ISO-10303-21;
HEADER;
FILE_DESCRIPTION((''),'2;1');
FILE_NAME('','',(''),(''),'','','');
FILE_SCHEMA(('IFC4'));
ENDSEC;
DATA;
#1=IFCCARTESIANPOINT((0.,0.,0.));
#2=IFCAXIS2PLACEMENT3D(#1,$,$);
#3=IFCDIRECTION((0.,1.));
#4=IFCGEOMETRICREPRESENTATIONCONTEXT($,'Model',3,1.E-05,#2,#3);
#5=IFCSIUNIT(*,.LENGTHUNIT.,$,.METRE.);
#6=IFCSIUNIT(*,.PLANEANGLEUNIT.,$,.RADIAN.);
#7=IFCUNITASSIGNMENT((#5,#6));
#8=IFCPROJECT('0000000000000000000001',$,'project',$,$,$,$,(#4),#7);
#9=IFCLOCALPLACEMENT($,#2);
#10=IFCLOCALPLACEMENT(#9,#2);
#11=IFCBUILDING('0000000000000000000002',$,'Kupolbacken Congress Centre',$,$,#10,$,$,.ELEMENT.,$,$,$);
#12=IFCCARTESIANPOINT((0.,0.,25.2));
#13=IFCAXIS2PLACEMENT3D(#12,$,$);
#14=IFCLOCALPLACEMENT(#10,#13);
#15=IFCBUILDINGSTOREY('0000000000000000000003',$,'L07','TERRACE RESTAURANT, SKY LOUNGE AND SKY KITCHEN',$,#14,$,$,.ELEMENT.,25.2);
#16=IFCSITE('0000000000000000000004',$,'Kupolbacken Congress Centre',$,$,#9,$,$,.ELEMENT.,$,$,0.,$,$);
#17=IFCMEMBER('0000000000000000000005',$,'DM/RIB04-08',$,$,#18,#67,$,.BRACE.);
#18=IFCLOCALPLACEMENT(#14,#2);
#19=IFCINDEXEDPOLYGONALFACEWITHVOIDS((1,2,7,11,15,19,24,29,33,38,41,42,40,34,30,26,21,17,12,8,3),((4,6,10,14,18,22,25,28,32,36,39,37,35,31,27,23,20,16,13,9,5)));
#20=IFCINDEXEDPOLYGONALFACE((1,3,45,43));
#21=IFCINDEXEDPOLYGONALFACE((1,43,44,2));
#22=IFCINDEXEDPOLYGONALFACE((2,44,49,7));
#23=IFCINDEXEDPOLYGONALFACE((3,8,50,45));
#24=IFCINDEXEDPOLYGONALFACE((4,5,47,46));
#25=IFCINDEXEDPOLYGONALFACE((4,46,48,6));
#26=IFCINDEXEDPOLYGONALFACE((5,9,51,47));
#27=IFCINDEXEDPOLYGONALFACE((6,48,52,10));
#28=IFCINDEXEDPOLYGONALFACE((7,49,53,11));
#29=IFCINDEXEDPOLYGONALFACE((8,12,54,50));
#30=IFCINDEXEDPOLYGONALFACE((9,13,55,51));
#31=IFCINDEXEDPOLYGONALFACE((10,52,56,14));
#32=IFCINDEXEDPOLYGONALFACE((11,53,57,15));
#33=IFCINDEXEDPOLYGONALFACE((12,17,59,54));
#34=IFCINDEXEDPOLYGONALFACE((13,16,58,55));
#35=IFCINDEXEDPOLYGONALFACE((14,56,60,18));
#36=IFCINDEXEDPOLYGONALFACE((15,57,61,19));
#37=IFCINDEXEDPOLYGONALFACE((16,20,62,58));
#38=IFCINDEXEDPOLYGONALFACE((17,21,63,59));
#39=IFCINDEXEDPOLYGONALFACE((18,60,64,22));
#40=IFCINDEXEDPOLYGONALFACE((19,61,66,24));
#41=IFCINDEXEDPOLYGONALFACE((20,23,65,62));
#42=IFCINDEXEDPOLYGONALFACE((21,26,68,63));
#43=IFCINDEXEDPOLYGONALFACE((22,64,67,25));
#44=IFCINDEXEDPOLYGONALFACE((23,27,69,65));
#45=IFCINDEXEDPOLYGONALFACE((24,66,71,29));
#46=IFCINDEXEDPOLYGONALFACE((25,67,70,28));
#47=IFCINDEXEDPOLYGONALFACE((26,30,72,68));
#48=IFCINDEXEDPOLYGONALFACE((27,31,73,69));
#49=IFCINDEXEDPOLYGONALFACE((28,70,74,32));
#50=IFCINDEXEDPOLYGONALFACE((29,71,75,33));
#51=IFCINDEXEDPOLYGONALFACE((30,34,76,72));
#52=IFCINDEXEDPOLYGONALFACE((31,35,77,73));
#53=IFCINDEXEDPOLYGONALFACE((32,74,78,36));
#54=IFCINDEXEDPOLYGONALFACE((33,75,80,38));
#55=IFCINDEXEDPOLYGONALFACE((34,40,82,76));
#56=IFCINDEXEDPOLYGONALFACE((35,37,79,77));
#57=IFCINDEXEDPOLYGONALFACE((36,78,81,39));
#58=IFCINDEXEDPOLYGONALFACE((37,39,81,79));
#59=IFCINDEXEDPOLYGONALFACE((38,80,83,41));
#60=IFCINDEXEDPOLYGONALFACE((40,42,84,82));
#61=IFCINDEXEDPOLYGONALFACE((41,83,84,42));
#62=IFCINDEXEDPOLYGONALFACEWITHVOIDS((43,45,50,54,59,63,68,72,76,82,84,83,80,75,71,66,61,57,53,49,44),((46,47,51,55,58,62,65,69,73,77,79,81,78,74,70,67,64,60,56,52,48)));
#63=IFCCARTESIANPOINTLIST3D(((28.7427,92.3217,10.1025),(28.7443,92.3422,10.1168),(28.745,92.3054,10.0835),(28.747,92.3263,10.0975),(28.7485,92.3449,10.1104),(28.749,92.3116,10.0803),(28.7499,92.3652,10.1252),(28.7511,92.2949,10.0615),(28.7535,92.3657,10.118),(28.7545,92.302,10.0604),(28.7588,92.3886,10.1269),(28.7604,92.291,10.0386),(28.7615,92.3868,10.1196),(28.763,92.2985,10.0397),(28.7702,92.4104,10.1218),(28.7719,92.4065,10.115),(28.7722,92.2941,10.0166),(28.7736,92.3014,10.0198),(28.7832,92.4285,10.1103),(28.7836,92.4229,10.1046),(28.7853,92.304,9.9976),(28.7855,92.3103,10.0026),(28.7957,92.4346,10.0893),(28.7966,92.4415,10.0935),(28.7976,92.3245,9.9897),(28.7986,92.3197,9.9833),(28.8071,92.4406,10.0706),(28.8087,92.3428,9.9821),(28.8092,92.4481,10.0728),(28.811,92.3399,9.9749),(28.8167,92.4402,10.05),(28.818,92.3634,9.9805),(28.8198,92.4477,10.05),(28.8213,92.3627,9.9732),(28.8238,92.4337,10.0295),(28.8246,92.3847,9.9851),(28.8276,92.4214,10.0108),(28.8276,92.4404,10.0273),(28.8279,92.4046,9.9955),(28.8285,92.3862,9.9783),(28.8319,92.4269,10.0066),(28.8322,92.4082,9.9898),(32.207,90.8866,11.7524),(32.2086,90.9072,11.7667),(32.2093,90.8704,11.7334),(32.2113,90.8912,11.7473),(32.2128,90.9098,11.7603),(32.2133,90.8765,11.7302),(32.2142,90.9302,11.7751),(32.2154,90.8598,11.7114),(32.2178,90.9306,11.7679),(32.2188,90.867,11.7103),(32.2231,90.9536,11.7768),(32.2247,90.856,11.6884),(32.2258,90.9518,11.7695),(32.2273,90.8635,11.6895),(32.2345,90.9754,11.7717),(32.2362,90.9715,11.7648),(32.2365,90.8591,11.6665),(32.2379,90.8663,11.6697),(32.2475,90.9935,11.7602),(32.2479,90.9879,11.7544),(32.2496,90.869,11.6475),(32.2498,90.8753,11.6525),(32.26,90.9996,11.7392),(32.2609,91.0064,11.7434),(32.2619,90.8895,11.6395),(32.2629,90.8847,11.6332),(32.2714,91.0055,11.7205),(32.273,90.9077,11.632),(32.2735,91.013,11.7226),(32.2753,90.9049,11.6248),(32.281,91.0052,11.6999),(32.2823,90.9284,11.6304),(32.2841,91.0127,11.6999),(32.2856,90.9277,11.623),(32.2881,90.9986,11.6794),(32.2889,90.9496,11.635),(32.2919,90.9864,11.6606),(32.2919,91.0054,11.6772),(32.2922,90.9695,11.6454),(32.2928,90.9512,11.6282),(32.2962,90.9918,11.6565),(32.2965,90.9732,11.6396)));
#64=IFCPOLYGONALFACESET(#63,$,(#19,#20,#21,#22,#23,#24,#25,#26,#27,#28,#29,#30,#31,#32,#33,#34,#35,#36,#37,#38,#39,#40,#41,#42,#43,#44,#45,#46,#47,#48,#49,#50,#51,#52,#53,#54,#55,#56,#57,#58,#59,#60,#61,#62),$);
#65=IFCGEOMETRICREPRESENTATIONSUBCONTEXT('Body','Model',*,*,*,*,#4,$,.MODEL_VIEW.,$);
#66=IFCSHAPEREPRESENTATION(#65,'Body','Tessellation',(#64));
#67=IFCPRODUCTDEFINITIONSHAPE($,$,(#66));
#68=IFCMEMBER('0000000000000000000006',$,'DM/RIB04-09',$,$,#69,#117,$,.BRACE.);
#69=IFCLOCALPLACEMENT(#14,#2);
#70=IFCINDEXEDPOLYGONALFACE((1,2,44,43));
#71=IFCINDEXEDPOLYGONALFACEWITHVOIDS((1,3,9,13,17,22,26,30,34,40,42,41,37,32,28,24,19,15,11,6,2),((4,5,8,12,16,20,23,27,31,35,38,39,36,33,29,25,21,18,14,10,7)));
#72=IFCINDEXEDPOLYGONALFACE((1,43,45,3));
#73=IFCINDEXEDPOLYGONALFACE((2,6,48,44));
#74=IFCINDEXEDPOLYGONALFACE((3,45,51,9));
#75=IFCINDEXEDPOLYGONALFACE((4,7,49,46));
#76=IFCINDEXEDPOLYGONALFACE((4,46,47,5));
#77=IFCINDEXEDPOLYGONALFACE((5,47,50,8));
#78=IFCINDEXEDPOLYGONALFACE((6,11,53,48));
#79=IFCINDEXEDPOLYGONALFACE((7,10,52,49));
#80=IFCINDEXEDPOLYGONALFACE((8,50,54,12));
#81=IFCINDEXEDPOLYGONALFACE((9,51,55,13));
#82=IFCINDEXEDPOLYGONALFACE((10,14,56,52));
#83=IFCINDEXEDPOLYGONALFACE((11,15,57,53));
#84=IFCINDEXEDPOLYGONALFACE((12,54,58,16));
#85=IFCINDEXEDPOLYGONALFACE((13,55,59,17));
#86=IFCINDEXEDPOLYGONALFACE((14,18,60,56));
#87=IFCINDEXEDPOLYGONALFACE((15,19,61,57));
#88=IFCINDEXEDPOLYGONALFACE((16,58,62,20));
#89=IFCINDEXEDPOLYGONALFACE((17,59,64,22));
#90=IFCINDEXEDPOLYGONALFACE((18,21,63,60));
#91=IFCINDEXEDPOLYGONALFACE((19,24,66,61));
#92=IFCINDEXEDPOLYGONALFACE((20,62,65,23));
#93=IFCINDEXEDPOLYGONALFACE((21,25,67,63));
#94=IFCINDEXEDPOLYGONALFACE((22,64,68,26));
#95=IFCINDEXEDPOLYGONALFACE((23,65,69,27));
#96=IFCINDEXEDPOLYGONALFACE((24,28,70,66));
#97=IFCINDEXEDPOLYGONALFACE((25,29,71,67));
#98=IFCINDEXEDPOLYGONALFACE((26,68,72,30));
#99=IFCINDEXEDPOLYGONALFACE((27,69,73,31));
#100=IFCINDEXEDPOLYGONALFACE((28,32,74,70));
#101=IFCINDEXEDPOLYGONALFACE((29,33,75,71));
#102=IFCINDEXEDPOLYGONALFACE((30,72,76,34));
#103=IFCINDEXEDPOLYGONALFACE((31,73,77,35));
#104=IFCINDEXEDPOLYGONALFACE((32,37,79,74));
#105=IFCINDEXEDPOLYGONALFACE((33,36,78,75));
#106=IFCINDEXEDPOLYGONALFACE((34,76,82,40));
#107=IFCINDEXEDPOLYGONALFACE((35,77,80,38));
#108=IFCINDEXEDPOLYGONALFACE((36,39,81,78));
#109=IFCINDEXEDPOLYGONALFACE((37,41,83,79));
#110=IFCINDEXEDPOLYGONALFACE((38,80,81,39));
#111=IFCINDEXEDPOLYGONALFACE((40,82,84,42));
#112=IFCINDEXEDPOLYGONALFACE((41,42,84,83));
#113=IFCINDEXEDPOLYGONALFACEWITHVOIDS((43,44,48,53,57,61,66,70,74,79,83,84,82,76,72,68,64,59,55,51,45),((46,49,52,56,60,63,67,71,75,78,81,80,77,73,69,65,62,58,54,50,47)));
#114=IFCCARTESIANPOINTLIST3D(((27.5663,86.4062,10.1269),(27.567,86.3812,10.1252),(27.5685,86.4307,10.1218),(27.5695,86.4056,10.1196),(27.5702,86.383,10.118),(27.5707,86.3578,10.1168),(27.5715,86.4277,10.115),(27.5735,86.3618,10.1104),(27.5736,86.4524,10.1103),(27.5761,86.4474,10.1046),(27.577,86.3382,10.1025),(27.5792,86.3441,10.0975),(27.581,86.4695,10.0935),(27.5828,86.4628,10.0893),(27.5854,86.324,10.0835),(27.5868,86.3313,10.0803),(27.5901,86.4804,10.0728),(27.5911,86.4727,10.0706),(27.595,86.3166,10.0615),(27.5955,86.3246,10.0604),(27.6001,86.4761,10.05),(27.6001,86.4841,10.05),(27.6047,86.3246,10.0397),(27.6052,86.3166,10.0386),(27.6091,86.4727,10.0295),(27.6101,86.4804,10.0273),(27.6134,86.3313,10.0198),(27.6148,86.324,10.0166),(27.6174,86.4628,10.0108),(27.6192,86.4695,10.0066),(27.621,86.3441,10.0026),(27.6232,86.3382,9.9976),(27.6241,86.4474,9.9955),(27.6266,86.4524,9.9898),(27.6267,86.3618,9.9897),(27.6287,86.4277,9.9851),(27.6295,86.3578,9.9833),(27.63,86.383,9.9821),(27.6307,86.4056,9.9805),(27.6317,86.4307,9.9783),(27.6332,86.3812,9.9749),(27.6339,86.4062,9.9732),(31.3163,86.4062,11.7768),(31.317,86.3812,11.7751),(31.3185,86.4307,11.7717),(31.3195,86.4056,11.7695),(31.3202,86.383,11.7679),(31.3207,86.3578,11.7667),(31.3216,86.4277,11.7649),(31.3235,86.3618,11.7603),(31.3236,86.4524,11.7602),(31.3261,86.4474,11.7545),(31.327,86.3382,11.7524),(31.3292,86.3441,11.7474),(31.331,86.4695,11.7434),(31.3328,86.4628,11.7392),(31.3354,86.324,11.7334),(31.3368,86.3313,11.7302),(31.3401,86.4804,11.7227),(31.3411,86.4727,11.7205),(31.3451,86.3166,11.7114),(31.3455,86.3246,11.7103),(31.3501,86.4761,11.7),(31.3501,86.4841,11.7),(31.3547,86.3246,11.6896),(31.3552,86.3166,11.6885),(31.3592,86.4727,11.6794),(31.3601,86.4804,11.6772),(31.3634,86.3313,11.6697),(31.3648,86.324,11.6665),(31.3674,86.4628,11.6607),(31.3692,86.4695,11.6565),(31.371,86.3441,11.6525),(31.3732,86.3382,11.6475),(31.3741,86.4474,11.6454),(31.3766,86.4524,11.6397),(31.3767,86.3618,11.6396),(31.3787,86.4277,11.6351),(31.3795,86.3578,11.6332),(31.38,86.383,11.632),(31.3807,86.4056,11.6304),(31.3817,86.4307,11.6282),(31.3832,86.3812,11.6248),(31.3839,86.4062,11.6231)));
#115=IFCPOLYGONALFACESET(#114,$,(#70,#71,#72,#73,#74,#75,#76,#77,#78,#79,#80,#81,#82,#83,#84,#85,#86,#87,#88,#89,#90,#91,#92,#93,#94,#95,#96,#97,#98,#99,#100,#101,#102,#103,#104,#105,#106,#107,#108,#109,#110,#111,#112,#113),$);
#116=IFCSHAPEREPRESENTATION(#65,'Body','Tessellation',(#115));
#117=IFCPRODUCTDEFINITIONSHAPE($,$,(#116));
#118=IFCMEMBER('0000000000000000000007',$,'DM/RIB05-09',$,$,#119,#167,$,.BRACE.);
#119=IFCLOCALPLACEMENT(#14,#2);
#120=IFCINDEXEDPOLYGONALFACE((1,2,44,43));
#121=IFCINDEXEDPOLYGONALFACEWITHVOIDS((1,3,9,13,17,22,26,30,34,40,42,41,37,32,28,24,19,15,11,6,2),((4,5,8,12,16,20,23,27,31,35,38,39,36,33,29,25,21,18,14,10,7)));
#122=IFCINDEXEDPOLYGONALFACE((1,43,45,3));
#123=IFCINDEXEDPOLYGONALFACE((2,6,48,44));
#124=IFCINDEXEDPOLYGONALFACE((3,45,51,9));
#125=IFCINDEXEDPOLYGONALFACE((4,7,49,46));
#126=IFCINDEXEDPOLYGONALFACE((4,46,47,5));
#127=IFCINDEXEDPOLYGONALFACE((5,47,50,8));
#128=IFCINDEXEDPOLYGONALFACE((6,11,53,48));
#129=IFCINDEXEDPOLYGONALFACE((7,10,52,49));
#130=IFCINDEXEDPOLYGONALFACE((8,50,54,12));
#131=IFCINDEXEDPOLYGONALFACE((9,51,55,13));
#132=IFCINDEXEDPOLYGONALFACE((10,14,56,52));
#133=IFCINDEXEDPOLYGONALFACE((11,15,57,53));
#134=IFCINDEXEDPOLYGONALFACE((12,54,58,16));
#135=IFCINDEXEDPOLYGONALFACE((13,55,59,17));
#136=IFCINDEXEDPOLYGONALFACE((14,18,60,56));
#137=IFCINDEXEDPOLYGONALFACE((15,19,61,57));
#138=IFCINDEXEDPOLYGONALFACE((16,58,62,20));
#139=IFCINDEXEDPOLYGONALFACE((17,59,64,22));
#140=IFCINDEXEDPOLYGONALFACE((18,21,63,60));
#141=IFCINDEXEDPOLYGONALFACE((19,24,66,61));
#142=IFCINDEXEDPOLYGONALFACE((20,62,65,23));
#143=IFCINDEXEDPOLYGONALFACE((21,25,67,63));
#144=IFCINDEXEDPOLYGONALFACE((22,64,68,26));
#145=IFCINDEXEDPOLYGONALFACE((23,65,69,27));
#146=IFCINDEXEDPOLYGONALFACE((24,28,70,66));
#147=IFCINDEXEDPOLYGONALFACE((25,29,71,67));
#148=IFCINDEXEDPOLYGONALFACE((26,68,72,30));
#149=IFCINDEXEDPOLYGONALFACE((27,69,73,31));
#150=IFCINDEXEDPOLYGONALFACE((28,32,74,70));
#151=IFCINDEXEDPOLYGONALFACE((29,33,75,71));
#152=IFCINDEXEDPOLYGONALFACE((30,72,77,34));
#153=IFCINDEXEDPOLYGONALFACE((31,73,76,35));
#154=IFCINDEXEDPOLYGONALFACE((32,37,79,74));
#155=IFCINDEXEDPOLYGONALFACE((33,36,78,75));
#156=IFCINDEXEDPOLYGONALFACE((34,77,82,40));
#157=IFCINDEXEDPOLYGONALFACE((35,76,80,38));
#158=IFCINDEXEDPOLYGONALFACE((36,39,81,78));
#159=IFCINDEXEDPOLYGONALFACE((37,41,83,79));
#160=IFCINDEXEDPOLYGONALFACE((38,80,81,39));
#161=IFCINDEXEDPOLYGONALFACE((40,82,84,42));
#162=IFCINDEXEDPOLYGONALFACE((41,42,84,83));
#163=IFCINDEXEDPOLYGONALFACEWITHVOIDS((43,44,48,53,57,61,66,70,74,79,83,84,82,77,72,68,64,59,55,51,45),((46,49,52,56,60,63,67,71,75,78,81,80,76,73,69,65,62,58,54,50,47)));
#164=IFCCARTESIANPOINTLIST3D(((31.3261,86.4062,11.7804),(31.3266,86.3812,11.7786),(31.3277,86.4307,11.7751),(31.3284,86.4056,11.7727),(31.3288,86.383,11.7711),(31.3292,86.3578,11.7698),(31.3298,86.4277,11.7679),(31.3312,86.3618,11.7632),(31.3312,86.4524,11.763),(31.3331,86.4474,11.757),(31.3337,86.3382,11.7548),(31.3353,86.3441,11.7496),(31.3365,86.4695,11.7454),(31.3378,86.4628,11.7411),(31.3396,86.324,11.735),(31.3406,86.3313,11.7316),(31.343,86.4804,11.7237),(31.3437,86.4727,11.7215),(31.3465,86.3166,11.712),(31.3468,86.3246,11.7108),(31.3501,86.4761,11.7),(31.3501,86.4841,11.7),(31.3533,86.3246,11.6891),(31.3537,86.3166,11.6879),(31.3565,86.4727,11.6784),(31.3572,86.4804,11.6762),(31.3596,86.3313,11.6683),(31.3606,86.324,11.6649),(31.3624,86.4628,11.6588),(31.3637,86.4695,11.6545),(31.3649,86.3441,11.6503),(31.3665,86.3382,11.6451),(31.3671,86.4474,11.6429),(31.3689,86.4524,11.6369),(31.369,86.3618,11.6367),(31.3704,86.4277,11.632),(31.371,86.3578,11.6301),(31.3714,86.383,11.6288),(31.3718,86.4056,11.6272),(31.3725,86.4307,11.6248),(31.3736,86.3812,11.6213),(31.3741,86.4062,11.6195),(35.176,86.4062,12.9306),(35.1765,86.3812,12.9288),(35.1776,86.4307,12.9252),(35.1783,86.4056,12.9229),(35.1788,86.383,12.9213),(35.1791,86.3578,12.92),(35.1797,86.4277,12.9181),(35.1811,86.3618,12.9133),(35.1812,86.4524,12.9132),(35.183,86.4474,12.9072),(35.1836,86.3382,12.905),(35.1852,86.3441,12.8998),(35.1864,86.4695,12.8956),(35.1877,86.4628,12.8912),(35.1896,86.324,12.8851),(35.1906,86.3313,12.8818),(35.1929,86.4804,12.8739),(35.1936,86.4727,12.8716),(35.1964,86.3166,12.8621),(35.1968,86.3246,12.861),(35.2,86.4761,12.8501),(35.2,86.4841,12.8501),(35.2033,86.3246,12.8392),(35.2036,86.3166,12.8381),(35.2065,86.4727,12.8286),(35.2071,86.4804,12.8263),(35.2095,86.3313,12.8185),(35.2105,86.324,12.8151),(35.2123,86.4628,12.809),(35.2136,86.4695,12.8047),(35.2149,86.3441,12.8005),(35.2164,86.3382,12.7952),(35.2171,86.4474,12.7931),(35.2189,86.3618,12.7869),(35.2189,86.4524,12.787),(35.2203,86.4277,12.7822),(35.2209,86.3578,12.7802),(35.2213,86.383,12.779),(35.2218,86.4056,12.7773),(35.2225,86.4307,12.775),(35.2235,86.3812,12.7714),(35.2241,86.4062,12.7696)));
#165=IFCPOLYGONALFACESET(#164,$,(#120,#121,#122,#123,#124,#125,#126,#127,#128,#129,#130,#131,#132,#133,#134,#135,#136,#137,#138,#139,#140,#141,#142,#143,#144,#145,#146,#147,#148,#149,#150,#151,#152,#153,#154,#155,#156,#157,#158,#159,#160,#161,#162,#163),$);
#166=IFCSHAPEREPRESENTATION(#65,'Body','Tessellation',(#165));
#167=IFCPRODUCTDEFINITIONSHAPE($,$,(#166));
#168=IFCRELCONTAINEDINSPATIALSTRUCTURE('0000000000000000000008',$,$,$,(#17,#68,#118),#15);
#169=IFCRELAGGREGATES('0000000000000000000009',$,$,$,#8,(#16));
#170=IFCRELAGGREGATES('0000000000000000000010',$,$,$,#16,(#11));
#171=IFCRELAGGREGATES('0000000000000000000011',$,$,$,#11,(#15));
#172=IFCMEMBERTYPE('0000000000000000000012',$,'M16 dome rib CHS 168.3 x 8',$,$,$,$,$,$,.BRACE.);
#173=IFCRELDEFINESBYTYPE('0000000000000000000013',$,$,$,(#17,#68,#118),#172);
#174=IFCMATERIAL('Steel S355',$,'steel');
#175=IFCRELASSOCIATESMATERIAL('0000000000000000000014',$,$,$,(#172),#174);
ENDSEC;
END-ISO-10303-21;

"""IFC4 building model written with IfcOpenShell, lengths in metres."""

from ifc_helpers import new_model, si_unit, direction, frame, origin, origin_2d, place, context, subcontext, project, spatial, hollow_circle, extrude, material, material_profile, profile_set, type_object, element, save


model = new_model("IFC4")

# Units and contexts
model_context = context("Model", 3, precision=1e-05, world=origin(), true_north=direction((0.0, 1.0)))
body_context = subcontext(model_context, "Body", "Model", "MODEL_VIEW")
ifc_project = project(units=[si_unit("LENGTHUNIT", "METRE"), si_unit("PLANEANGLEUNIT", "RADIAN")], contexts=[model_context])

# Site, building, storey
site_placement = place(None, origin())
site = spatial("IfcSite", under=ifc_project, at=site_placement, Name="Kupolbacken Congress Centre", CompositionType="ELEMENT", RefElevation=0.0)
building_placement = place(site_placement, origin())
building = spatial("IfcBuilding", under=site, at=building_placement, Name="Kupolbacken Congress Centre", CompositionType="ELEMENT")
storey_placement = place(building_placement, frame((0.0, 0.0, 25.2)))
storey = spatial("IfcBuildingStorey", under=building, at=storey_placement, Name="L07", Description="TERRACE RESTAURANT, SKY LOUNGE AND SKY KITCHEN", CompositionType="ELEMENT", Elevation=25.2)

# Members
ifc_material_1 = material(Name="Steel S355", Category="steel")
ifc_material_profile_1 = material_profile(ifc_material_1, hollow_circle(Radius=0.0842, WallThickness=0.0081, at=origin_2d()), Name="CHS 168.3 x 8")
ifc_profile_set_1 = profile_set([ifc_material_profile_1], Name="Steel S355")
member_type_1 = type_object("IfcMemberType", Name="M16 dome rib CHS 168.3 x 8", PredefinedType="BRACE", material=ifc_profile_set_1)
member_1_placement = place(storey_placement, frame((28.7876, 92.3699, 10.05), z_axis=(0.845636, -0.350292, 0.402735), x_axis=(0.382701, 0.923872, 0.0)))
element("IfcMember", 1, at=member_1_placement, inside=storey, type_object=member_type_1, Name="DM/RIB04-08", PredefinedType="BRACE", context=body_context, shape_type="SweptSolid", body=[
    extrude(hollow_circle(Radius=0.0842, WallThickness=0.0081, at=origin_2d()), origin(), (0.0, 0.0, 1.0), 4.0967),
])
member_2_placement = place(storey_placement, frame((27.6001, 86.3999, 10.05), z_axis=(0.915324, 0.0, 0.402719), x_axis=(0.0, 1.0, 0.0)))
element("IfcMember", 2, at=member_2_placement, inside=storey, type_object=member_type_1, Name="DM/RIB04-09", PredefinedType="BRACE", context=body_context, shape_type="SweptSolid", body=[
    extrude(hollow_circle(Radius=0.0842, WallThickness=0.0081, at=origin_2d()), origin(), (0.0, 0.0, 1.0), 4.0969),
])
member_3_placement = place(storey_placement, frame((31.3501, 86.3999, 11.7), z_axis=(0.958155, 0.0, 0.28625), x_axis=(0.0, 1.0, 0.0)))
element("IfcMember", 3, at=member_3_placement, inside=storey, type_object=member_type_1, Name="DM/RIB05-09", PredefinedType="BRACE", context=body_context, shape_type="SweptSolid", body=[
    extrude(hollow_circle(Radius=0.0842, WallThickness=0.0081, at=origin_2d()), origin(), (0.0, 0.0, 1.0), 4.0181),
])

save(model, "model.ifc")
